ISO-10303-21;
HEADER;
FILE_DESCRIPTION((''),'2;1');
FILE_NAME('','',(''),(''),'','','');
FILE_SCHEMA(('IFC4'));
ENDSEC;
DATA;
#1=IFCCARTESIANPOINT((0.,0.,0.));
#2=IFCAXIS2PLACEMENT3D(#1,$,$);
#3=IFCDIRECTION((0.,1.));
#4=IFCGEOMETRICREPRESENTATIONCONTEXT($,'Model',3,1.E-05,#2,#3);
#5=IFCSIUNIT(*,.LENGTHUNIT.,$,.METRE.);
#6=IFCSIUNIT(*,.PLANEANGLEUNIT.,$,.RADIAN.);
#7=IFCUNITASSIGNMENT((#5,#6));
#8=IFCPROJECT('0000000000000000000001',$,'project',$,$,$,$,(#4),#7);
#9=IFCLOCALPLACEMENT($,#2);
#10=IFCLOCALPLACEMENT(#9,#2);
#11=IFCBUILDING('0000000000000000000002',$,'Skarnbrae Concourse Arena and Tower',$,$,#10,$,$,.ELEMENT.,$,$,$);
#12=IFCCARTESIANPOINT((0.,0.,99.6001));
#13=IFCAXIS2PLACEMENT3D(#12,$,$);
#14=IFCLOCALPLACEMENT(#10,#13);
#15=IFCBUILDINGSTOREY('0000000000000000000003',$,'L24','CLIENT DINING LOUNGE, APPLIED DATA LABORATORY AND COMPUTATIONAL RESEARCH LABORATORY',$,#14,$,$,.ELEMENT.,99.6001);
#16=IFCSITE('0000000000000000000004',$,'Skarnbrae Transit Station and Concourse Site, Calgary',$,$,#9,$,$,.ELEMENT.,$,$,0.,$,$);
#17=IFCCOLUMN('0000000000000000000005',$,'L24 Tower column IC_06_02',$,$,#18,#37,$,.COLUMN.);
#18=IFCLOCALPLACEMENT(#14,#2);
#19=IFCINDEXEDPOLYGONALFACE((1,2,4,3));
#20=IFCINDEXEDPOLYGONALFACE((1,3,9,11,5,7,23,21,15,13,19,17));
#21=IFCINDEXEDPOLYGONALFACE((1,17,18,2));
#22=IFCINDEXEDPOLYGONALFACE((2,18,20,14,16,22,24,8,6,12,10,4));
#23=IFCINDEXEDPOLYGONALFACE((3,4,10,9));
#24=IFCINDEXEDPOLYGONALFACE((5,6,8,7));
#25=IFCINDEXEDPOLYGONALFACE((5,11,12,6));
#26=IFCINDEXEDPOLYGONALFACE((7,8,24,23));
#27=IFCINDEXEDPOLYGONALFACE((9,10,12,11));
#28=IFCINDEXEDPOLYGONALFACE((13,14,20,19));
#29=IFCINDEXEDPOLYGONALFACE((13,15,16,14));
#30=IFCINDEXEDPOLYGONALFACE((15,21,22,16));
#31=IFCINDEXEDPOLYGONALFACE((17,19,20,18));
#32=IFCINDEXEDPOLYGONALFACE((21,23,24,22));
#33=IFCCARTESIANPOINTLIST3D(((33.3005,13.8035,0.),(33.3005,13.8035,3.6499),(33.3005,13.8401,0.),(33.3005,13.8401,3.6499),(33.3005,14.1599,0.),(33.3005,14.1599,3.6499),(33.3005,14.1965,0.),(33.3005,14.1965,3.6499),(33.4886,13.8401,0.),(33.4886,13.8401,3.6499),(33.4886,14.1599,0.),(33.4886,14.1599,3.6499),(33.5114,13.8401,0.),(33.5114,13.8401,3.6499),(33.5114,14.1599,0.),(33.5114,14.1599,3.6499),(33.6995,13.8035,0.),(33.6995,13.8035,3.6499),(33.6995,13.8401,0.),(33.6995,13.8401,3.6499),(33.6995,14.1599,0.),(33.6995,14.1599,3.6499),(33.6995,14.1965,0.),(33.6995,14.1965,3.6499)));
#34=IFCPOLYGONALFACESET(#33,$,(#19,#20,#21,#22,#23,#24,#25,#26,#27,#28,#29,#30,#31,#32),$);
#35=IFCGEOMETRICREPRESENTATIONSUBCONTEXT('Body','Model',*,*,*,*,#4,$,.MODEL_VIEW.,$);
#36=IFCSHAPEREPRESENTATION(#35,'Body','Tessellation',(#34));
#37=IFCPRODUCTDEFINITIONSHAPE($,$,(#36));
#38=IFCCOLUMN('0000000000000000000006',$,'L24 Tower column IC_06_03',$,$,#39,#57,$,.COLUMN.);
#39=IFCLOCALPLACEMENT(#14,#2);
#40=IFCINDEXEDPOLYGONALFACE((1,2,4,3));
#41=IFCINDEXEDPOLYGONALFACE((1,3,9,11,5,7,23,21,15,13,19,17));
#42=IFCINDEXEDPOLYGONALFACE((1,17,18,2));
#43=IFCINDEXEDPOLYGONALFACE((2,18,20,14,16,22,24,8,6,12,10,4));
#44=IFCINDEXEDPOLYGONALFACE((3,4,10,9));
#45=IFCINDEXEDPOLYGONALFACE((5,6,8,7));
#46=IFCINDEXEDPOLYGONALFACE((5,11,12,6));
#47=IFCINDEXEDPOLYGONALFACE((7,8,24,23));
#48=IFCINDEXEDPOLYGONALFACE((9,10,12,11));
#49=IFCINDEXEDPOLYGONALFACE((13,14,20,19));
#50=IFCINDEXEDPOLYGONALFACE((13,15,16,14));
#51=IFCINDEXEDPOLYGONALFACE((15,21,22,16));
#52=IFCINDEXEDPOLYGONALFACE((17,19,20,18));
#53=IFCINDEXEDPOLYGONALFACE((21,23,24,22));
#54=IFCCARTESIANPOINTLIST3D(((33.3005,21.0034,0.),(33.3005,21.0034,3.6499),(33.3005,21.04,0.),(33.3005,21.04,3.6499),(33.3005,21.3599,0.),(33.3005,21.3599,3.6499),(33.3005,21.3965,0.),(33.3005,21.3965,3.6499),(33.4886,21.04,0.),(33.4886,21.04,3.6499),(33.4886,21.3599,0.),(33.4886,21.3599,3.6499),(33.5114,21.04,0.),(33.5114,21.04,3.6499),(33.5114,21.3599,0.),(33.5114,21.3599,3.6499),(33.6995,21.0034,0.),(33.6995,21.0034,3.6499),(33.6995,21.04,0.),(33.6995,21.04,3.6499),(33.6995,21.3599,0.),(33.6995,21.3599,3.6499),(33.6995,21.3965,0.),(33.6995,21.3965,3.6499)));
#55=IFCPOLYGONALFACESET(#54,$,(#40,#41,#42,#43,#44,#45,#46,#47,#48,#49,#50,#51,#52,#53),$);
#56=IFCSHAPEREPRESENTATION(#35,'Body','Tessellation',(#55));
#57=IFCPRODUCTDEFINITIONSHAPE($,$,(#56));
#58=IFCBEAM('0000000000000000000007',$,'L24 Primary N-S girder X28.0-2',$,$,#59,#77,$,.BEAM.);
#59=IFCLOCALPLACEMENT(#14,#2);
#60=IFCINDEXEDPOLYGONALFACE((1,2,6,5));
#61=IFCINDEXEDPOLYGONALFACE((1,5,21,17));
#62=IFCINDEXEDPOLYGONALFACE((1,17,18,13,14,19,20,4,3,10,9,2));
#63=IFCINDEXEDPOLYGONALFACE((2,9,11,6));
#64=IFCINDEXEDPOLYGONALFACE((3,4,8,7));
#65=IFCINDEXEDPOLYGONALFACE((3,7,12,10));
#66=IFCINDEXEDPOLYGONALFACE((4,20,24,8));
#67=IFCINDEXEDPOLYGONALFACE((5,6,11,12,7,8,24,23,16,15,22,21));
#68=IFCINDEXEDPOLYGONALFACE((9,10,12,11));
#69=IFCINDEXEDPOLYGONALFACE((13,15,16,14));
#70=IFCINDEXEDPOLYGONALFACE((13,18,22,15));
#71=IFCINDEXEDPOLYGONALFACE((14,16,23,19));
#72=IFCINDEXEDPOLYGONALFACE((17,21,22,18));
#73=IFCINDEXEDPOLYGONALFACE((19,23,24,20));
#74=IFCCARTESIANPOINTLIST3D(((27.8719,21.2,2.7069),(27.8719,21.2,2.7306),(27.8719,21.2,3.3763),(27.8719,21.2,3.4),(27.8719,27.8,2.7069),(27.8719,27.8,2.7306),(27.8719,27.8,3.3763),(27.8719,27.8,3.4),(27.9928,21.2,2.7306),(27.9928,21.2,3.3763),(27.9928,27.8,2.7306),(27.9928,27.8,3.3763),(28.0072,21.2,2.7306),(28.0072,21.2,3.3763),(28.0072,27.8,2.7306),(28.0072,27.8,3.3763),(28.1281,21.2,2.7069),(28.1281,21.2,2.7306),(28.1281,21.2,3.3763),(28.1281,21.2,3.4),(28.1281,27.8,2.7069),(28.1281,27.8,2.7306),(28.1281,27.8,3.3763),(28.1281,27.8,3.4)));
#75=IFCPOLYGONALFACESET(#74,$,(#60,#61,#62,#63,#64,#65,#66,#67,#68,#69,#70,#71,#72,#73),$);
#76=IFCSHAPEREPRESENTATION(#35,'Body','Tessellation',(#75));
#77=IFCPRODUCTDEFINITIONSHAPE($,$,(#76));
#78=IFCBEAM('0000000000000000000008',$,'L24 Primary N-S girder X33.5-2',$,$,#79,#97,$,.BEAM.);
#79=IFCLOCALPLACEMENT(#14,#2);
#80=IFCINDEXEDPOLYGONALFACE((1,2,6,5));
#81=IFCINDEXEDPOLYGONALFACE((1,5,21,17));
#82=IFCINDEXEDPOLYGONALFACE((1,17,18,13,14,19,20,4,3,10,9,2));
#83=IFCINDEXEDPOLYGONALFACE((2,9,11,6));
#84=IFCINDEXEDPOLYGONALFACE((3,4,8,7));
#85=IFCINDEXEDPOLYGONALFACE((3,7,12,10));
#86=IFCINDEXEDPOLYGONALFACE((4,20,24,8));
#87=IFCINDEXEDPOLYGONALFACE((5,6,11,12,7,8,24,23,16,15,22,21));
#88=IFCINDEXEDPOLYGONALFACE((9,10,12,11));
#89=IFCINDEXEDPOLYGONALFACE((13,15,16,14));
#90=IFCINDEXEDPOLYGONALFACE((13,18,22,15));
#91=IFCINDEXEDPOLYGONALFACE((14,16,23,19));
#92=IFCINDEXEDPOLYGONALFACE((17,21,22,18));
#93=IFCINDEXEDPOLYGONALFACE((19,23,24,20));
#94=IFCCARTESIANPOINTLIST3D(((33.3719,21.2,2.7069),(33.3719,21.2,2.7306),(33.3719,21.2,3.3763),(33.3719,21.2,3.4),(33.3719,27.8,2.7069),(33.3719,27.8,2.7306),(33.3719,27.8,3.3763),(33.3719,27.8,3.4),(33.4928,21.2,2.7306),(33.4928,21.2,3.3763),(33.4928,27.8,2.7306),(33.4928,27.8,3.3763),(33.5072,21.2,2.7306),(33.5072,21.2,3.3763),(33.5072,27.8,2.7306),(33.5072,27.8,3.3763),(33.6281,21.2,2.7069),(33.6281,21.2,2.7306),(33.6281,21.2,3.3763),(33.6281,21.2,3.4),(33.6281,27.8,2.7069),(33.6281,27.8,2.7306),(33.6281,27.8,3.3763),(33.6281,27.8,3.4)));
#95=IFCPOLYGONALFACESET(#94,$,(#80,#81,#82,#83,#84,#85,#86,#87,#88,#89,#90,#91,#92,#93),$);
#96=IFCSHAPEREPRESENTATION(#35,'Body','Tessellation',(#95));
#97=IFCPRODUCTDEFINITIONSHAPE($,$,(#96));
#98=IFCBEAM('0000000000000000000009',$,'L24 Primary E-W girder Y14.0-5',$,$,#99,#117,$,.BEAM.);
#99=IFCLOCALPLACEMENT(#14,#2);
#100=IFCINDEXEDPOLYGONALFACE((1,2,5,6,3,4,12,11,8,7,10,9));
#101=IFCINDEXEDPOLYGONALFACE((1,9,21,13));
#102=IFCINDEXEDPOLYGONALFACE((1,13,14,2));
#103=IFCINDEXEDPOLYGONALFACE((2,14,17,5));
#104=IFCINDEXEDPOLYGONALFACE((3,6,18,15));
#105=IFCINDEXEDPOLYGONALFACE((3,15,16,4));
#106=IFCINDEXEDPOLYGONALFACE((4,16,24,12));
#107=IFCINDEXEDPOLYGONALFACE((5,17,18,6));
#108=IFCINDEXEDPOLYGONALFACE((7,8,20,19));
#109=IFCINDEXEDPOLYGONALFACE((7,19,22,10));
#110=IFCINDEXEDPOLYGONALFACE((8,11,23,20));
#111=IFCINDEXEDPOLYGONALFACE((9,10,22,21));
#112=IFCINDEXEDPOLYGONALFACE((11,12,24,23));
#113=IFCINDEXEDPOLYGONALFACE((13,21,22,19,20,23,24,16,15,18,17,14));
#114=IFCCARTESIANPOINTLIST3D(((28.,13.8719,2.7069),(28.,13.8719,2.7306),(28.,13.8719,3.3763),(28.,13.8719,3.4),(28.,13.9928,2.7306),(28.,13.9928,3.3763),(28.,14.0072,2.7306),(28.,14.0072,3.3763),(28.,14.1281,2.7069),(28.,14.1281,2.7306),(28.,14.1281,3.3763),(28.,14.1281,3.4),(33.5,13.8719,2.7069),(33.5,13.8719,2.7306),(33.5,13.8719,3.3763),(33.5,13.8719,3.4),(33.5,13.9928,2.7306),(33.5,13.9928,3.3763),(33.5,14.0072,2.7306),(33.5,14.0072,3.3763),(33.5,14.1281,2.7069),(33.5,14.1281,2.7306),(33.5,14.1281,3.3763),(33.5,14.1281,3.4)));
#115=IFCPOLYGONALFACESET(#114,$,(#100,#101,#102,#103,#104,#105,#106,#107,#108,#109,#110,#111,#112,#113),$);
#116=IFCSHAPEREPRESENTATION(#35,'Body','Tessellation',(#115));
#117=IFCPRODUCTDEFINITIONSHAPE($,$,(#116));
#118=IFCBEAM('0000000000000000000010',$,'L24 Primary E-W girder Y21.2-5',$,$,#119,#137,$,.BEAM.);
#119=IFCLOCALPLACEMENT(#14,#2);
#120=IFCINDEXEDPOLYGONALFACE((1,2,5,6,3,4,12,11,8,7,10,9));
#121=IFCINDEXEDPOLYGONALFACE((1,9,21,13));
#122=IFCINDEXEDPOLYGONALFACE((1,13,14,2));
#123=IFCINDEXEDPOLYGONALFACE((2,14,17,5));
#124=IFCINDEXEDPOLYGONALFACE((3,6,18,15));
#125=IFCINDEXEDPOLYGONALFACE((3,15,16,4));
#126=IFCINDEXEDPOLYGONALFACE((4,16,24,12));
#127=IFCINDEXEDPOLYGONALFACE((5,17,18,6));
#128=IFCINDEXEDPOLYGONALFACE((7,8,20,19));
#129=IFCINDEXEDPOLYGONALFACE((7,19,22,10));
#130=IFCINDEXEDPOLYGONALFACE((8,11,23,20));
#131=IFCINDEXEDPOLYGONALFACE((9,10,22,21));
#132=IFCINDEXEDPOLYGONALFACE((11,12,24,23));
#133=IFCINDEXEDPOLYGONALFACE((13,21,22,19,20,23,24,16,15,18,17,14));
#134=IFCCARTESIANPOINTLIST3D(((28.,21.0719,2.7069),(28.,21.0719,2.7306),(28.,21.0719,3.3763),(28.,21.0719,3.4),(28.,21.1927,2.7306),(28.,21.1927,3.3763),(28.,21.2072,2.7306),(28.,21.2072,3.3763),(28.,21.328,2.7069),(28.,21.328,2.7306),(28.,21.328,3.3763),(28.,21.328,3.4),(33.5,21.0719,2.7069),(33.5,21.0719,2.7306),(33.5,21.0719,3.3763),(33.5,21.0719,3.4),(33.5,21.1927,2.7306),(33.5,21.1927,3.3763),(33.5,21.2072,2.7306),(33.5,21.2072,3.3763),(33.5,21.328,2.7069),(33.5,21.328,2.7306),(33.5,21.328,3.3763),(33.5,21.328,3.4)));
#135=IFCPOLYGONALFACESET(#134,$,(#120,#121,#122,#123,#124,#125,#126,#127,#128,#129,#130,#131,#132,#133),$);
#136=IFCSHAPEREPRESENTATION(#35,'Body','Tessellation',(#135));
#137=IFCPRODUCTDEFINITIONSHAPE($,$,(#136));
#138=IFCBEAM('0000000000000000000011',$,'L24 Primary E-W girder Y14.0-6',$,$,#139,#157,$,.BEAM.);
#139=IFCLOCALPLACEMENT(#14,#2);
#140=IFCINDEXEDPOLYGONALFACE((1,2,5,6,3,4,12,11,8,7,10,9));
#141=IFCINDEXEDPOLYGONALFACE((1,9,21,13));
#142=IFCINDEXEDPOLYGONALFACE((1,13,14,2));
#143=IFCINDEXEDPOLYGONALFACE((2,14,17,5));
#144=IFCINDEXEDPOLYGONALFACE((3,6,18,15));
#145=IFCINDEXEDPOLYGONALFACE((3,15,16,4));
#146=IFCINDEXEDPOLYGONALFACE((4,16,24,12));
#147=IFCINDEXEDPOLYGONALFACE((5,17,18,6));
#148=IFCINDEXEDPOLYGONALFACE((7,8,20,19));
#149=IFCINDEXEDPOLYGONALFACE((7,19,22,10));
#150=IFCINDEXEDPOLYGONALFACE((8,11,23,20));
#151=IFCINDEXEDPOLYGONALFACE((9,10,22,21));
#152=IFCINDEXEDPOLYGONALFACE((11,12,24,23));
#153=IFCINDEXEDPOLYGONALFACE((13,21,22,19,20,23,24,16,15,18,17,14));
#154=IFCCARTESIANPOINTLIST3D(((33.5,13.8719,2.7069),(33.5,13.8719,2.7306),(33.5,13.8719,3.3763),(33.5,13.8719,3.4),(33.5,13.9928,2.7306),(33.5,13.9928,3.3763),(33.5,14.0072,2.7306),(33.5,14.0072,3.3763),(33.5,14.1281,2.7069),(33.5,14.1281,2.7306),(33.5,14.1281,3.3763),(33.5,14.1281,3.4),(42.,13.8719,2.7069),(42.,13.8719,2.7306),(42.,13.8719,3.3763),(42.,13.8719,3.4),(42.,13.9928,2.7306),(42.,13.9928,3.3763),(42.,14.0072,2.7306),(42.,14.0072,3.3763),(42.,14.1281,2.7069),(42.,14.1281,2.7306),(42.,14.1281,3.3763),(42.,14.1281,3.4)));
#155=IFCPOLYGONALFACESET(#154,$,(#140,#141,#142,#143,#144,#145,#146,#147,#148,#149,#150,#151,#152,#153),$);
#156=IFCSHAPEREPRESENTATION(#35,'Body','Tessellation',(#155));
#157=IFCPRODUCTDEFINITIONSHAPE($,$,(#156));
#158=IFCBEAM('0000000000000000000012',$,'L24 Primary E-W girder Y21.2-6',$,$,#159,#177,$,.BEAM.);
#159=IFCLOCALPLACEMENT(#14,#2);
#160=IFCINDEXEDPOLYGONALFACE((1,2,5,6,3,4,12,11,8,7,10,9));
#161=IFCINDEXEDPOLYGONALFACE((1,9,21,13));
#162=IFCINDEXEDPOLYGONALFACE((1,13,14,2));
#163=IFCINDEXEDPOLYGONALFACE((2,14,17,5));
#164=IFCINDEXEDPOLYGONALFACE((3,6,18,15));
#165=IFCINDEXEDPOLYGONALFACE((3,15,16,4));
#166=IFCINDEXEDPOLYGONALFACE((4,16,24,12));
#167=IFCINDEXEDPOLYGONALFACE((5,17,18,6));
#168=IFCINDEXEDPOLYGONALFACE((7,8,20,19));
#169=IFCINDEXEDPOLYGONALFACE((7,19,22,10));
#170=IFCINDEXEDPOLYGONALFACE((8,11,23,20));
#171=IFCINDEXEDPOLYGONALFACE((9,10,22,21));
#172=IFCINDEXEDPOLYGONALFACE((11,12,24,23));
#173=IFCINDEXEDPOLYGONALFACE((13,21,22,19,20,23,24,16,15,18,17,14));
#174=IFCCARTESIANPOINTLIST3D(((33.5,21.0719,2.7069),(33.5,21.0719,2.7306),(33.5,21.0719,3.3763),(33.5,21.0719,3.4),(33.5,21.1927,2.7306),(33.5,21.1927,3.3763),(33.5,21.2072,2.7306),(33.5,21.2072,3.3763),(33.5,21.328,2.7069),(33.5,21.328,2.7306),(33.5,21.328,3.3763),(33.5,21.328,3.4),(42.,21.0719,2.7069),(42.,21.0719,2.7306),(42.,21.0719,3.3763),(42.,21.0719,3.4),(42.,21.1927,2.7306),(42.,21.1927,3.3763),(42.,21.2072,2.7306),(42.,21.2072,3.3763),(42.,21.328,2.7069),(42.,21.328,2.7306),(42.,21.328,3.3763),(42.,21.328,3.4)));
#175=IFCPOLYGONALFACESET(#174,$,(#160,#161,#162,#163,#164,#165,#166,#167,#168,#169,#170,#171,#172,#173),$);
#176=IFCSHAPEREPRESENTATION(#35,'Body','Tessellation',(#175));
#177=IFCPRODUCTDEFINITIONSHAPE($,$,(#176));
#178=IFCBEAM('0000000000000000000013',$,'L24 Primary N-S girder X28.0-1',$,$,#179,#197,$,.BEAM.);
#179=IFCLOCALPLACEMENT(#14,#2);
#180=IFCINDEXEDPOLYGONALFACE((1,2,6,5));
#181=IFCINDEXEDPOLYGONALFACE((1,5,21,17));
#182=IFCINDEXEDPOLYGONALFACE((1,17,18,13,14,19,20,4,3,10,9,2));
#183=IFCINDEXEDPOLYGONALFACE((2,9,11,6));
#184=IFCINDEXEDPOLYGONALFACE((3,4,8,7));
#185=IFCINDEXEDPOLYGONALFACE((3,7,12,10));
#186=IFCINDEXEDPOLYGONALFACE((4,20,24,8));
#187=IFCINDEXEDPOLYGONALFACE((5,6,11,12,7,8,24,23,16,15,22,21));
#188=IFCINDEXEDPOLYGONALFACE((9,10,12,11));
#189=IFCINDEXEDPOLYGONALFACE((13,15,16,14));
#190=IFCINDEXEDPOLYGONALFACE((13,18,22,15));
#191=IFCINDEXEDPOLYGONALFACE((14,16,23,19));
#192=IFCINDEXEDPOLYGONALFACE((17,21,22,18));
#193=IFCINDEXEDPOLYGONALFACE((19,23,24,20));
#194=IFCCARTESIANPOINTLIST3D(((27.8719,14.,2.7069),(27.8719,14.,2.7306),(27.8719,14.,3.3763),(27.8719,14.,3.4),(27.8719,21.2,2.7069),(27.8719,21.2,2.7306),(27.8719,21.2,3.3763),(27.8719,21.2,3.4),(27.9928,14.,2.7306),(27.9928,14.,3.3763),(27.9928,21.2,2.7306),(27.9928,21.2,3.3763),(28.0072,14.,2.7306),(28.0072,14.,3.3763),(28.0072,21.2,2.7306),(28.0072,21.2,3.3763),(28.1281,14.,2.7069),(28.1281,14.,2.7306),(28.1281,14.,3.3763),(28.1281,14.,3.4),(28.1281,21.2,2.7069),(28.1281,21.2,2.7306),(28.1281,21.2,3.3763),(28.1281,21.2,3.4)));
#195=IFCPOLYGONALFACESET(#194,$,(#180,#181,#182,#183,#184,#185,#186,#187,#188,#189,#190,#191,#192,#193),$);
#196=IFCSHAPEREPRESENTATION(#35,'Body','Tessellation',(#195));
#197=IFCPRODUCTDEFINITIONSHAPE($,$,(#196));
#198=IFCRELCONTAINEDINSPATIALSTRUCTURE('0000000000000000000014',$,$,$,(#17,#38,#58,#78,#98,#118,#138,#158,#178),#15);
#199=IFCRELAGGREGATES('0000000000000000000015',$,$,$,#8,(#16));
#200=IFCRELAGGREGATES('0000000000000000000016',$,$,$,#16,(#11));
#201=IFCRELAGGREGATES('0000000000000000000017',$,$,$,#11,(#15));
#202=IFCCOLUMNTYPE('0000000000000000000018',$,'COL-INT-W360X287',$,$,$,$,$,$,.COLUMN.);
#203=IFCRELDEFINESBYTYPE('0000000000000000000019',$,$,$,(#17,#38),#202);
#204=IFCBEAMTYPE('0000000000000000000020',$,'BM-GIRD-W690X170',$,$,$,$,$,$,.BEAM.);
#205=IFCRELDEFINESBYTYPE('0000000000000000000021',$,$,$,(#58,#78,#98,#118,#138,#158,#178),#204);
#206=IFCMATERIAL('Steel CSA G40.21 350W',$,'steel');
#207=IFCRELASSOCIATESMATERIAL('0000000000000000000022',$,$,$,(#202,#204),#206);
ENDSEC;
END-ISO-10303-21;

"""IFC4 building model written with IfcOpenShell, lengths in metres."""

from ifc_helpers import new_model, si_unit, direction, frame, origin, origin_2d, place, context, subcontext, project, spatial, i_section, extrude, source, transform, mapped, material, material_profile, profile_set, type_object, element, save


model = new_model("IFC4")

# Units and contexts
model_context = context("Model", 3, precision=1e-05, world=origin(), true_north=direction((0.0, 1.0)))
body_context = subcontext(model_context, "Body", "Model", "MODEL_VIEW")
ifc_project = project(units=[si_unit("LENGTHUNIT", "METRE"), si_unit("PLANEANGLEUNIT", "RADIAN")], contexts=[model_context])

# Site, building, storey
site_placement = place(None, origin())
site = spatial("IfcSite", under=ifc_project, at=site_placement, Name="Skarnbrae Transit Station and Concourse Site, Calgary", CompositionType="ELEMENT", RefElevation=0.0)
building_placement = place(site_placement, origin())
building = spatial("IfcBuilding", under=site, at=building_placement, Name="Skarnbrae Concourse Arena and Tower", CompositionType="ELEMENT")
storey_placement = place(building_placement, frame((0.0, 0.0, 99.6001)))
storey = spatial("IfcBuildingStorey", under=building, at=storey_placement, Name="L24", Description="CLIENT DINING LOUNGE, APPLIED DATA LABORATORY AND COMPUTATIONAL RESEARCH LABORATORY", CompositionType="ELEMENT", Elevation=99.6001)

# Columns
ifc_material_1 = material(Name="Steel CSA G40.21 350W", Category="steel")
ifc_material_profile_1 = material_profile(ifc_material_1, i_section(OverallWidth=0.3989, OverallDepth=0.3931, WebThickness=0.0227, FlangeThickness=0.0366, at=origin_2d()), Name="W360X287")
ifc_profile_set_1 = profile_set([ifc_material_profile_1], Name="Steel CSA G40.21 350W")
column_type = type_object("IfcColumnType", Name="COL-INT-W360X287", PredefinedType="COLUMN", material=ifc_profile_set_1)
shared_shape_1 = source(origin(), body_context, "Body", "SweptSolid", [
    extrude(i_section(OverallWidth=0.3989, OverallDepth=0.3931, WebThickness=0.0227, FlangeThickness=0.0366, at=origin_2d()), origin(), (0.0, 0.0, 1.0), 3.6499),
])
for number, where, z_axis, x_axis, name in (
    (1, (33.5, 14.0, 0.0), (0.0, 0.0, 1.0), (1.0, 0.0, 0.0), "L24 Tower column IC_06_02"),
    (2, (33.5, 21.2, 0.0), (0.0, 0.0, 1.0), (1.0, 0.0, 0.0), "L24 Tower column IC_06_03"),
):
    element("IfcColumn", number, at=place(storey_placement, frame(where, z_axis=z_axis, x_axis=x_axis)), inside=storey, type_object=column_type, Name=name, PredefinedType="COLUMN", context=body_context, shape_type="MappedRepresentation", body=[
        mapped(shared_shape_1, transform((0.0, 0.0, 0.0))),
    ])

# Beams
ifc_material_profile_2 = material_profile(ifc_material_1, i_section(OverallWidth=0.2561, OverallDepth=0.6931, WebThickness=0.0144, FlangeThickness=0.0237, at=origin_2d()), Name="W690X170")
ifc_profile_set_2 = profile_set([ifc_material_profile_2], Name="Steel CSA G40.21 350W")
beam_type_1 = type_object("IfcBeamType", Name="BM-GIRD-W690X170", PredefinedType="BEAM", material=ifc_profile_set_2)
shared_shape_2 = source(origin(), body_context, "Body", "SweptSolid", [
    extrude(i_section(OverallWidth=0.2561, OverallDepth=0.6931, WebThickness=0.0144, FlangeThickness=0.0237, at=origin_2d()), origin(), (0.0, 0.0, 1.0), 6.6001),
])
for number, where, z_axis, x_axis, name in (
    (3, (28.0, 21.2, 3.0535), (0.0, 1.0, 0.0), (-1.0, 0.0, 0.0), "L24 Primary N-S girder X28.0-2"),
    (4, (33.5, 21.2, 3.0535), (0.0, 1.0, 0.0), (-1.0, 0.0, 0.0), "L24 Primary N-S girder X33.5-2"),
):
    element("IfcBeam", number, at=place(storey_placement, frame(where, z_axis=z_axis, x_axis=x_axis)), inside=storey, type_object=beam_type_1, Name=name, PredefinedType="BEAM", context=body_context, shape_type="MappedRepresentation", body=[
        mapped(shared_shape_2, transform((0.0, 0.0, 0.0))),
    ])
shared_shape_3 = source(origin(), body_context, "Body", "SweptSolid", [
    extrude(i_section(OverallWidth=0.2561, OverallDepth=0.6931, WebThickness=0.0144, FlangeThickness=0.0237, at=origin_2d()), origin(), (0.0, 0.0, 1.0), 5.5),
])
for number, where, z_axis, x_axis, name in (
    (5, (28.0, 14.0, 3.0535), (1.0, 0.0, 0.0), (0.0, 1.0, 0.0), "L24 Primary E-W girder Y14.0-5"),
    (6, (28.0, 21.2, 3.0535), (1.0, 0.0, 0.0), (0.0, 1.0, 0.0), "L24 Primary E-W girder Y21.2-5"),
):
    element("IfcBeam", number, at=place(storey_placement, frame(where, z_axis=z_axis, x_axis=x_axis)), inside=storey, type_object=beam_type_1, Name=name, PredefinedType="BEAM", context=body_context, shape_type="MappedRepresentation", body=[
        mapped(shared_shape_3, transform((0.0, 0.0, 0.0))),
    ])
shared_shape_4 = source(origin(), body_context, "Body", "SweptSolid", [
    extrude(i_section(OverallWidth=0.2561, OverallDepth=0.6931, WebThickness=0.0144, FlangeThickness=0.0237, at=origin_2d()), origin(), (0.0, 0.0, 1.0), 8.5),
])
for number, where, z_axis, x_axis, name in (
    (7, (33.5, 14.0, 3.0535), (1.0, 0.0, 0.0), (0.0, 1.0, 0.0), "L24 Primary E-W girder Y14.0-6"),
    (8, (33.5, 21.2, 3.0535), (1.0, 0.0, 0.0), (0.0, 1.0, 0.0), "L24 Primary E-W girder Y21.2-6"),
):
    element("IfcBeam", number, at=place(storey_placement, frame(where, z_axis=z_axis, x_axis=x_axis)), inside=storey, type_object=beam_type_1, Name=name, PredefinedType="BEAM", context=body_context, shape_type="MappedRepresentation", body=[
        mapped(shared_shape_4, transform((0.0, 0.0, 0.0))),
    ])
shared_shape_5 = source(origin(), body_context, "Body", "SweptSolid", [
    extrude(i_section(OverallWidth=0.2561, OverallDepth=0.6931, WebThickness=0.0144, FlangeThickness=0.0237, at=origin_2d()), origin(), (0.0, 0.0, 1.0), 7.2),
])
for number, where, z_axis, x_axis, name in (
    (9, (28.0, 14.0, 3.0535), (0.0, 1.0, 0.0), (-1.0, 0.0, 0.0), "L24 Primary N-S girder X28.0-1"),
):
    element("IfcBeam", number, at=place(storey_placement, frame(where, z_axis=z_axis, x_axis=x_axis)), inside=storey, type_object=beam_type_1, Name=name, PredefinedType="BEAM", context=body_context, shape_type="MappedRepresentation", body=[
        mapped(shared_shape_5, transform((0.0, 0.0, 0.0))),
    ])

save(model, "model.ifc")
